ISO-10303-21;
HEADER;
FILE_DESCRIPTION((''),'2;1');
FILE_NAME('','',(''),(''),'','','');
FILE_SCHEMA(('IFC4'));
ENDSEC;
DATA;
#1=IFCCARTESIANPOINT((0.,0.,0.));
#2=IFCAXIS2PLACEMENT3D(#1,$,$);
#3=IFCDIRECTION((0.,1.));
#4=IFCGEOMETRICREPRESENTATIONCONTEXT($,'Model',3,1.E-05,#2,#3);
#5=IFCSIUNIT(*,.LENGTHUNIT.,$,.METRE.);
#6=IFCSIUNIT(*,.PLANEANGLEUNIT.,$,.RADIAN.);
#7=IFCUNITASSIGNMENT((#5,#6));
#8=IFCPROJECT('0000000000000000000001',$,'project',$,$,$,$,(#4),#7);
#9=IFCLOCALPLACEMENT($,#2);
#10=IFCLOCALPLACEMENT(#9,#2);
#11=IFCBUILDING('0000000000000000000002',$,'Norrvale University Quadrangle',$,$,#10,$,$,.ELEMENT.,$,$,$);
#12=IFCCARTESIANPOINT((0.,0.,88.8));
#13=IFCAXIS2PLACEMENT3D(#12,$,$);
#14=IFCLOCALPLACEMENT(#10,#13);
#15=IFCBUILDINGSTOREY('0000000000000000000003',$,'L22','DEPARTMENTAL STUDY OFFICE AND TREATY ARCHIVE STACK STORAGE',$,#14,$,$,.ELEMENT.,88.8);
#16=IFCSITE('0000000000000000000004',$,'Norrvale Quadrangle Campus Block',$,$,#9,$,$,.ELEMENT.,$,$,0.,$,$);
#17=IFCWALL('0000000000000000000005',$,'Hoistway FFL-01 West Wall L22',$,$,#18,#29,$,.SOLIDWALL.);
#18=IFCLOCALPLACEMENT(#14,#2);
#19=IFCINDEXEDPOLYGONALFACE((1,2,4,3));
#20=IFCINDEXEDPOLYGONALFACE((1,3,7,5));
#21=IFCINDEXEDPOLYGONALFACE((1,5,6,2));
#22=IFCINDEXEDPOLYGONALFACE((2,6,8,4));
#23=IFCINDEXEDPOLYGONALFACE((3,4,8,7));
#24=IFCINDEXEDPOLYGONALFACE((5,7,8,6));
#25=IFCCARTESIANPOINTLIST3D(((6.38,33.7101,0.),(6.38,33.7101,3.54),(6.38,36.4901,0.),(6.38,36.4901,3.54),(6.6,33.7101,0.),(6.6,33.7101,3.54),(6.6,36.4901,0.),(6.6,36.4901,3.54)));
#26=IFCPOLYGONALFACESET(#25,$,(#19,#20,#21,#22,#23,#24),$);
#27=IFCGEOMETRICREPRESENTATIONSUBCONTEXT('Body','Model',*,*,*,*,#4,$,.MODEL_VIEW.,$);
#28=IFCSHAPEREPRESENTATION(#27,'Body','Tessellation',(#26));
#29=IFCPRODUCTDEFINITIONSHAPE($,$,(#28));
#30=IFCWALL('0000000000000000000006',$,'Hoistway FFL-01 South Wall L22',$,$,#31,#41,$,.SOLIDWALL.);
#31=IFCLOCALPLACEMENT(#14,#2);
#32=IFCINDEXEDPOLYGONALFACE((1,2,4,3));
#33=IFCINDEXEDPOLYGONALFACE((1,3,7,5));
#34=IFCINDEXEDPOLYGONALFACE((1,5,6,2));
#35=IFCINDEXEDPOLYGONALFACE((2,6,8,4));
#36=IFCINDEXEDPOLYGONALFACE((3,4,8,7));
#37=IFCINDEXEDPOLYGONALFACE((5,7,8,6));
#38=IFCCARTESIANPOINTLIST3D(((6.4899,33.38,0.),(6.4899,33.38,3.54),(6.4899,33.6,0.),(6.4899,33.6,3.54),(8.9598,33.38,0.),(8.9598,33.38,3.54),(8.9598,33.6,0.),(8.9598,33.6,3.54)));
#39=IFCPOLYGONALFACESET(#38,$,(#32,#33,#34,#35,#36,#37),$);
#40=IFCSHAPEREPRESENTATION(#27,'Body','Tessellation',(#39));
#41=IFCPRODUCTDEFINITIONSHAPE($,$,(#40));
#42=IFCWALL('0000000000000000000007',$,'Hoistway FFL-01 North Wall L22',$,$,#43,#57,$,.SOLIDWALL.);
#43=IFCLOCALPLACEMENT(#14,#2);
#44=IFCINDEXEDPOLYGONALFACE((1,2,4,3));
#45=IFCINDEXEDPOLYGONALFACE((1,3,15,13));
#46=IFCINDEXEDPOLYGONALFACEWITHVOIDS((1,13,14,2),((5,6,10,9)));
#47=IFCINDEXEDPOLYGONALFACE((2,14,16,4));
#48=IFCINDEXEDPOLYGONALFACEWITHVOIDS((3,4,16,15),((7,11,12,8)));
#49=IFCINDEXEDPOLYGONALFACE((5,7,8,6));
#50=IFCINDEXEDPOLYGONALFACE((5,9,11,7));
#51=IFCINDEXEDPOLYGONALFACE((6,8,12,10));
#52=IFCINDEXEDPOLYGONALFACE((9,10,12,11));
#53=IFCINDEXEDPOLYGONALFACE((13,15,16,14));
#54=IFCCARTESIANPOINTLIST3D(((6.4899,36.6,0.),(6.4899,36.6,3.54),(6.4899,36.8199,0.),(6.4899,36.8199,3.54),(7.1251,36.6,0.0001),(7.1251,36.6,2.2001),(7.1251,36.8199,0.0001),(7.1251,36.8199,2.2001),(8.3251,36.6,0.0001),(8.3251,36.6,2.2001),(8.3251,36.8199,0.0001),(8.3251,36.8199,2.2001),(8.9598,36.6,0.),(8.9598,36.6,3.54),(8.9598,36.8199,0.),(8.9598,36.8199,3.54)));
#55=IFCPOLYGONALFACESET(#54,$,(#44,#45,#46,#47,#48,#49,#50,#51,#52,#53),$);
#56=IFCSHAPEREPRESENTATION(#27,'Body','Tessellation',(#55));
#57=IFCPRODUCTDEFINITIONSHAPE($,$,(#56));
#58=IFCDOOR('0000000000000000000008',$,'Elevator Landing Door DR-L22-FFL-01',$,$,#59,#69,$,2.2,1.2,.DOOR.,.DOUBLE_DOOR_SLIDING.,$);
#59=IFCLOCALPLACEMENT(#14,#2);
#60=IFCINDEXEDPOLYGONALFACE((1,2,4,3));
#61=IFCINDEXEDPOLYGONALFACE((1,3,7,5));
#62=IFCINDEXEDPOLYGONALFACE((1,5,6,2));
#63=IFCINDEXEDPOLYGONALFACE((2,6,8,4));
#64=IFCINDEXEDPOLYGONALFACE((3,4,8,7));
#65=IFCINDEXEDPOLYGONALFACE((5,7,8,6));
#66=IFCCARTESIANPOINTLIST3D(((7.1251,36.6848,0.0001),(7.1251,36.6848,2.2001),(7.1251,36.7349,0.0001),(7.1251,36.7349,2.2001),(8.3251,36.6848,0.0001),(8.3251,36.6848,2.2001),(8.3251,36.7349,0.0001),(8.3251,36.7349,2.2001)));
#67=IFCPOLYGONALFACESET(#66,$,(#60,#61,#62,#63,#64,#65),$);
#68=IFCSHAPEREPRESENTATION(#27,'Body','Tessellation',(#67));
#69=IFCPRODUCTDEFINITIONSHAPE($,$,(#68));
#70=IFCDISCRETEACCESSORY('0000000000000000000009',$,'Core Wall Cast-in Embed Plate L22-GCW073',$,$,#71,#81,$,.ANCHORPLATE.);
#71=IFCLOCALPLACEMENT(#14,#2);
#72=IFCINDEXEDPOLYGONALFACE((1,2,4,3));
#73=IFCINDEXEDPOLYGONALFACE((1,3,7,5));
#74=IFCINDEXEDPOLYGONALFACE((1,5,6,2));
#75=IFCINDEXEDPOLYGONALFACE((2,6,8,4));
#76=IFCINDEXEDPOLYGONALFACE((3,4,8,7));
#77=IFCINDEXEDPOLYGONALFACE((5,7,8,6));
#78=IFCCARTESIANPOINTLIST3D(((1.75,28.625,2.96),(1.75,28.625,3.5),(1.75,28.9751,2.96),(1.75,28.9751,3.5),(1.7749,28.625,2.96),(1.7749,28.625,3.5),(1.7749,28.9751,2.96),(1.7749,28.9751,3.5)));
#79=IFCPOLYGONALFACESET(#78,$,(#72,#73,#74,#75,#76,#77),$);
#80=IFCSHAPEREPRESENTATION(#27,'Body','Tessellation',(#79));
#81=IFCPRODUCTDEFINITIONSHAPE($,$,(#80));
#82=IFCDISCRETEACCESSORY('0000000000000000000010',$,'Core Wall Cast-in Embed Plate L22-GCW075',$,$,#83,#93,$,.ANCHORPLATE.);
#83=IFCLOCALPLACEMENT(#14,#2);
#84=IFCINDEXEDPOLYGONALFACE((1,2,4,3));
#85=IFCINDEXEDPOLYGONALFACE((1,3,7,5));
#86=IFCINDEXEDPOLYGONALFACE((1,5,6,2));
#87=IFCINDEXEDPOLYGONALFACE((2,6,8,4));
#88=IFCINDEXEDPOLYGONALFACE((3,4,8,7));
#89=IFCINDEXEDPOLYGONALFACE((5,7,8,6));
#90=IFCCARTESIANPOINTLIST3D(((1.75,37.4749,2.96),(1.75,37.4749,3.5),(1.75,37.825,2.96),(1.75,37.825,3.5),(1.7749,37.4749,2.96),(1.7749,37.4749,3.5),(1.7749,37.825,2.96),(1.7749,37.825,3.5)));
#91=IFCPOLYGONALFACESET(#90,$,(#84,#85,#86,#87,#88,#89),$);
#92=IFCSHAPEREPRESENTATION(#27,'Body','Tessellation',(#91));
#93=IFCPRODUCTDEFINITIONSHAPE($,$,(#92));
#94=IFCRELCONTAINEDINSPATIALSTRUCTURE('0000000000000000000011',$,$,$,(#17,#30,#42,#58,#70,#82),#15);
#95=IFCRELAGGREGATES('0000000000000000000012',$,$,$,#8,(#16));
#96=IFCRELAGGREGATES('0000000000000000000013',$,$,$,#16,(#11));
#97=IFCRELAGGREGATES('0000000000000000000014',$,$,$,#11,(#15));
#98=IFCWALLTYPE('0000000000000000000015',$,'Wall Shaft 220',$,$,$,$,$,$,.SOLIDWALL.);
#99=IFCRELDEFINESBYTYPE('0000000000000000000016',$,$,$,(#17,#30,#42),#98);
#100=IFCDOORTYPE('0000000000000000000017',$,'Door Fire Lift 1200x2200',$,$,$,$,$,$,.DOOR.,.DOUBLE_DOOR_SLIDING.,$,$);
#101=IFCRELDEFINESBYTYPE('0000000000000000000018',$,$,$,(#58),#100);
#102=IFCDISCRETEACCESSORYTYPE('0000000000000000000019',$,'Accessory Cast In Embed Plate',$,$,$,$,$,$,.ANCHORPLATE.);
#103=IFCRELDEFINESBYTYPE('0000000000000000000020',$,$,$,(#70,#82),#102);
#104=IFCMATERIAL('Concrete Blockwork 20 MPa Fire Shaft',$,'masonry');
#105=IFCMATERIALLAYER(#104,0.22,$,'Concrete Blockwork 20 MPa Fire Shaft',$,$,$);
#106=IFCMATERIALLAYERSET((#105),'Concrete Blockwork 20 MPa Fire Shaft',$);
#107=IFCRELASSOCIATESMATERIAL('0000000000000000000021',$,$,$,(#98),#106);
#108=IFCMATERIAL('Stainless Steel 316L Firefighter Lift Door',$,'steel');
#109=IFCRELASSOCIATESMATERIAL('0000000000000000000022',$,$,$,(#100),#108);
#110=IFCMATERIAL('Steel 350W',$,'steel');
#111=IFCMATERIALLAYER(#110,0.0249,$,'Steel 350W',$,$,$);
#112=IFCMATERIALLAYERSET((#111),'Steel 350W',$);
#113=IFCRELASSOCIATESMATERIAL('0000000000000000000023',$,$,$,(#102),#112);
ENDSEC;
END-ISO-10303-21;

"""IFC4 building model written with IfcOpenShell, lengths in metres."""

from ifc_helpers import new_model, si_unit, direction, frame, frame_2d, origin, origin_2d, place, context, subcontext, project, spatial, rectangle, extrude, material, layer, layer_set, type_object, element, fill, save


model = new_model("IFC4")

# Units and contexts
model_context = context("Model", 3, precision=1e-05, world=origin(), true_north=direction((0.0, 1.0)))
body_context = subcontext(model_context, "Body", "Model", "MODEL_VIEW")
ifc_project = project(units=[si_unit("LENGTHUNIT", "METRE"), si_unit("PLANEANGLEUNIT", "RADIAN")], contexts=[model_context])

# Site, building, storey
site_placement = place(None, origin())
site = spatial("IfcSite", under=ifc_project, at=site_placement, Name="Norrvale Quadrangle Campus Block", CompositionType="ELEMENT", RefElevation=0.0)
building_placement = place(site_placement, origin())
building = spatial("IfcBuilding", under=site, at=building_placement, Name="Norrvale University Quadrangle", CompositionType="ELEMENT")
storey_placement = place(building_placement, frame((0.0, 0.0, 88.8)))
storey = spatial("IfcBuildingStorey", under=building, at=storey_placement, Name="L22", Description="DEPARTMENTAL STUDY OFFICE AND TREATY ARCHIVE STACK STORAGE", CompositionType="ELEMENT", Elevation=88.8)

# Shared definitions
ifc_material_1 = material(Name="Steel 350W", Category="steel")

# Shared definitions
ifc_material_2 = material(Name="Concrete Blockwork 20 MPa Fire Shaft", Category="masonry")
ifc_layer_1 = layer(ifc_material_2, 0.22, Name="Concrete Blockwork 20 MPa Fire Shaft")
ifc_layer_set_1 = layer_set([ifc_layer_1], Name="Concrete Blockwork 20 MPa Fire Shaft")
wall_type_1 = type_object("IfcWallType", Name="Wall Shaft 220", PredefinedType="SOLIDWALL", material=ifc_layer_set_1)

# Walls
wall_1_placement = place(storey_placement, frame((6.49, 33.71, 0.0), z_axis=(0.0, 0.0, 1.0), x_axis=(0.0, 1.0, 0.0)))
element("IfcWall", 1, at=wall_1_placement, inside=storey, type_object=wall_type_1, Name="Hoistway FFL-01 West Wall L22", PredefinedType="SOLIDWALL", context=body_context, shape_type="SweptSolid", body=[
    extrude(rectangle(XDim=2.78, YDim=0.22, at=frame_2d((1.3901, 0.0))), origin(), (0.0, 0.0, 1.0), 3.54),
])
wall_2_placement = place(storey_placement, frame((6.49, 33.49, 0.0), z_axis=(0.0, 0.0, 1.0), x_axis=(1.0, 0.0, 0.0)))
element("IfcWall", 2, at=wall_2_placement, inside=storey, type_object=wall_type_1, Name="Hoistway FFL-01 South Wall L22", PredefinedType="SOLIDWALL", context=body_context, shape_type="SweptSolid", body=[
    extrude(rectangle(XDim=2.47, YDim=0.22, at=frame_2d((1.2349, 0.0))), origin(), (0.0, 0.0, 1.0), 3.54),
])

# Wall, opening, door
wall_3_placement = place(storey_placement, frame((6.49, 36.71, 0.0), z_axis=(0.0, 0.0, 1.0), x_axis=(1.0, 0.0, 0.0)))
wall_3 = element("IfcWall", 3, at=wall_3_placement, inside=storey, type_object=wall_type_1, Name="Hoistway FFL-01 North Wall L22", PredefinedType="SOLIDWALL", context=body_context, shape_type="SweptSolid", body=[
    extrude(rectangle(XDim=2.47, YDim=0.22, at=frame_2d((1.2349, 0.0))), origin(), (0.0, 0.0, 1.0), 3.54),
])
opening_1_placement = place(wall_3_placement, frame((0.635, 0.0, 0.0)))
opening_1 = element("IfcOpeningElement", 4, at=opening_1_placement, cuts=wall_3, PredefinedType="OPENING", context=body_context, shape_type="SweptSolid", body=[
    extrude(rectangle(XDim=1.2, YDim=2.2, at=frame_2d((0.6001, 1.1001))), frame((0.0, 0.1221, 0.0), z_axis=(0.0, -1.0, 0.0), x_axis=(1.0, 0.0, 0.0)), (0.0, 0.0, 1.0), 0.2439),
])
ifc_material_3 = material(Name="Stainless Steel 316L Firefighter Lift Door", Category="steel")
door_type_1 = type_object("IfcDoorType", Name="Door Fire Lift 1200x2200", OperationType="DOUBLE_DOOR_SLIDING", PredefinedType="DOOR", material=ifc_material_3)
door_1_placement = place(opening_1_placement, origin())
door_1 = element("IfcDoor", 5, at=door_1_placement, inside=storey, type_object=door_type_1, Name="Elevator Landing Door DR-L22-FFL-01", OperationType="DOUBLE_DOOR_SLIDING", OverallHeight=2.2, OverallWidth=1.2, PredefinedType="DOOR", context=body_context, shape_type="SweptSolid", body=[
    extrude(rectangle(XDim=1.2, YDim=2.2, at=frame_2d((0.6001, 1.1001))), frame((0.0, 0.0249, 0.0), z_axis=(0.0, -1.0, 0.0), x_axis=(1.0, 0.0, 0.0)), (0.0, 0.0, 1.0), 0.05),
])
fill(opening_1, door_1)

# Discrete accessories
ifc_layer_2 = layer(ifc_material_1, 0.0249, Name="Steel 350W")
ifc_layer_set_2 = layer_set([ifc_layer_2], Name="Steel 350W")
discrete_accessory_type = type_object("IfcDiscreteAccessoryType", Name="Accessory Cast In Embed Plate", PredefinedType="ANCHORPLATE", material=ifc_layer_set_2)
for number, where, z_axis, x_axis, name in (
    (6, (1.7625, 28.8, 2.96), (0.0, 0.0, 1.0), (1.0, 0.0, 0.0), "Core Wall Cast-in Embed Plate L22-GCW073"),
    (7, (1.7625, 37.6499, 2.96), (0.0, 0.0, 1.0), (1.0, 0.0, 0.0), "Core Wall Cast-in Embed Plate L22-GCW075"),
):
    element("IfcDiscreteAccessory", number, at=place(storey_placement, frame(where, z_axis=z_axis, x_axis=x_axis)), inside=storey, type_object=discrete_accessory_type, Name=name, PredefinedType="ANCHORPLATE", context=body_context, shape_type="SweptSolid", body=[
        extrude(rectangle(XDim=0.0249, YDim=0.3501, at=origin_2d()), origin(), (0.0, 0.0, 1.0), 0.54),
    ])

save(model, "model.ifc")
